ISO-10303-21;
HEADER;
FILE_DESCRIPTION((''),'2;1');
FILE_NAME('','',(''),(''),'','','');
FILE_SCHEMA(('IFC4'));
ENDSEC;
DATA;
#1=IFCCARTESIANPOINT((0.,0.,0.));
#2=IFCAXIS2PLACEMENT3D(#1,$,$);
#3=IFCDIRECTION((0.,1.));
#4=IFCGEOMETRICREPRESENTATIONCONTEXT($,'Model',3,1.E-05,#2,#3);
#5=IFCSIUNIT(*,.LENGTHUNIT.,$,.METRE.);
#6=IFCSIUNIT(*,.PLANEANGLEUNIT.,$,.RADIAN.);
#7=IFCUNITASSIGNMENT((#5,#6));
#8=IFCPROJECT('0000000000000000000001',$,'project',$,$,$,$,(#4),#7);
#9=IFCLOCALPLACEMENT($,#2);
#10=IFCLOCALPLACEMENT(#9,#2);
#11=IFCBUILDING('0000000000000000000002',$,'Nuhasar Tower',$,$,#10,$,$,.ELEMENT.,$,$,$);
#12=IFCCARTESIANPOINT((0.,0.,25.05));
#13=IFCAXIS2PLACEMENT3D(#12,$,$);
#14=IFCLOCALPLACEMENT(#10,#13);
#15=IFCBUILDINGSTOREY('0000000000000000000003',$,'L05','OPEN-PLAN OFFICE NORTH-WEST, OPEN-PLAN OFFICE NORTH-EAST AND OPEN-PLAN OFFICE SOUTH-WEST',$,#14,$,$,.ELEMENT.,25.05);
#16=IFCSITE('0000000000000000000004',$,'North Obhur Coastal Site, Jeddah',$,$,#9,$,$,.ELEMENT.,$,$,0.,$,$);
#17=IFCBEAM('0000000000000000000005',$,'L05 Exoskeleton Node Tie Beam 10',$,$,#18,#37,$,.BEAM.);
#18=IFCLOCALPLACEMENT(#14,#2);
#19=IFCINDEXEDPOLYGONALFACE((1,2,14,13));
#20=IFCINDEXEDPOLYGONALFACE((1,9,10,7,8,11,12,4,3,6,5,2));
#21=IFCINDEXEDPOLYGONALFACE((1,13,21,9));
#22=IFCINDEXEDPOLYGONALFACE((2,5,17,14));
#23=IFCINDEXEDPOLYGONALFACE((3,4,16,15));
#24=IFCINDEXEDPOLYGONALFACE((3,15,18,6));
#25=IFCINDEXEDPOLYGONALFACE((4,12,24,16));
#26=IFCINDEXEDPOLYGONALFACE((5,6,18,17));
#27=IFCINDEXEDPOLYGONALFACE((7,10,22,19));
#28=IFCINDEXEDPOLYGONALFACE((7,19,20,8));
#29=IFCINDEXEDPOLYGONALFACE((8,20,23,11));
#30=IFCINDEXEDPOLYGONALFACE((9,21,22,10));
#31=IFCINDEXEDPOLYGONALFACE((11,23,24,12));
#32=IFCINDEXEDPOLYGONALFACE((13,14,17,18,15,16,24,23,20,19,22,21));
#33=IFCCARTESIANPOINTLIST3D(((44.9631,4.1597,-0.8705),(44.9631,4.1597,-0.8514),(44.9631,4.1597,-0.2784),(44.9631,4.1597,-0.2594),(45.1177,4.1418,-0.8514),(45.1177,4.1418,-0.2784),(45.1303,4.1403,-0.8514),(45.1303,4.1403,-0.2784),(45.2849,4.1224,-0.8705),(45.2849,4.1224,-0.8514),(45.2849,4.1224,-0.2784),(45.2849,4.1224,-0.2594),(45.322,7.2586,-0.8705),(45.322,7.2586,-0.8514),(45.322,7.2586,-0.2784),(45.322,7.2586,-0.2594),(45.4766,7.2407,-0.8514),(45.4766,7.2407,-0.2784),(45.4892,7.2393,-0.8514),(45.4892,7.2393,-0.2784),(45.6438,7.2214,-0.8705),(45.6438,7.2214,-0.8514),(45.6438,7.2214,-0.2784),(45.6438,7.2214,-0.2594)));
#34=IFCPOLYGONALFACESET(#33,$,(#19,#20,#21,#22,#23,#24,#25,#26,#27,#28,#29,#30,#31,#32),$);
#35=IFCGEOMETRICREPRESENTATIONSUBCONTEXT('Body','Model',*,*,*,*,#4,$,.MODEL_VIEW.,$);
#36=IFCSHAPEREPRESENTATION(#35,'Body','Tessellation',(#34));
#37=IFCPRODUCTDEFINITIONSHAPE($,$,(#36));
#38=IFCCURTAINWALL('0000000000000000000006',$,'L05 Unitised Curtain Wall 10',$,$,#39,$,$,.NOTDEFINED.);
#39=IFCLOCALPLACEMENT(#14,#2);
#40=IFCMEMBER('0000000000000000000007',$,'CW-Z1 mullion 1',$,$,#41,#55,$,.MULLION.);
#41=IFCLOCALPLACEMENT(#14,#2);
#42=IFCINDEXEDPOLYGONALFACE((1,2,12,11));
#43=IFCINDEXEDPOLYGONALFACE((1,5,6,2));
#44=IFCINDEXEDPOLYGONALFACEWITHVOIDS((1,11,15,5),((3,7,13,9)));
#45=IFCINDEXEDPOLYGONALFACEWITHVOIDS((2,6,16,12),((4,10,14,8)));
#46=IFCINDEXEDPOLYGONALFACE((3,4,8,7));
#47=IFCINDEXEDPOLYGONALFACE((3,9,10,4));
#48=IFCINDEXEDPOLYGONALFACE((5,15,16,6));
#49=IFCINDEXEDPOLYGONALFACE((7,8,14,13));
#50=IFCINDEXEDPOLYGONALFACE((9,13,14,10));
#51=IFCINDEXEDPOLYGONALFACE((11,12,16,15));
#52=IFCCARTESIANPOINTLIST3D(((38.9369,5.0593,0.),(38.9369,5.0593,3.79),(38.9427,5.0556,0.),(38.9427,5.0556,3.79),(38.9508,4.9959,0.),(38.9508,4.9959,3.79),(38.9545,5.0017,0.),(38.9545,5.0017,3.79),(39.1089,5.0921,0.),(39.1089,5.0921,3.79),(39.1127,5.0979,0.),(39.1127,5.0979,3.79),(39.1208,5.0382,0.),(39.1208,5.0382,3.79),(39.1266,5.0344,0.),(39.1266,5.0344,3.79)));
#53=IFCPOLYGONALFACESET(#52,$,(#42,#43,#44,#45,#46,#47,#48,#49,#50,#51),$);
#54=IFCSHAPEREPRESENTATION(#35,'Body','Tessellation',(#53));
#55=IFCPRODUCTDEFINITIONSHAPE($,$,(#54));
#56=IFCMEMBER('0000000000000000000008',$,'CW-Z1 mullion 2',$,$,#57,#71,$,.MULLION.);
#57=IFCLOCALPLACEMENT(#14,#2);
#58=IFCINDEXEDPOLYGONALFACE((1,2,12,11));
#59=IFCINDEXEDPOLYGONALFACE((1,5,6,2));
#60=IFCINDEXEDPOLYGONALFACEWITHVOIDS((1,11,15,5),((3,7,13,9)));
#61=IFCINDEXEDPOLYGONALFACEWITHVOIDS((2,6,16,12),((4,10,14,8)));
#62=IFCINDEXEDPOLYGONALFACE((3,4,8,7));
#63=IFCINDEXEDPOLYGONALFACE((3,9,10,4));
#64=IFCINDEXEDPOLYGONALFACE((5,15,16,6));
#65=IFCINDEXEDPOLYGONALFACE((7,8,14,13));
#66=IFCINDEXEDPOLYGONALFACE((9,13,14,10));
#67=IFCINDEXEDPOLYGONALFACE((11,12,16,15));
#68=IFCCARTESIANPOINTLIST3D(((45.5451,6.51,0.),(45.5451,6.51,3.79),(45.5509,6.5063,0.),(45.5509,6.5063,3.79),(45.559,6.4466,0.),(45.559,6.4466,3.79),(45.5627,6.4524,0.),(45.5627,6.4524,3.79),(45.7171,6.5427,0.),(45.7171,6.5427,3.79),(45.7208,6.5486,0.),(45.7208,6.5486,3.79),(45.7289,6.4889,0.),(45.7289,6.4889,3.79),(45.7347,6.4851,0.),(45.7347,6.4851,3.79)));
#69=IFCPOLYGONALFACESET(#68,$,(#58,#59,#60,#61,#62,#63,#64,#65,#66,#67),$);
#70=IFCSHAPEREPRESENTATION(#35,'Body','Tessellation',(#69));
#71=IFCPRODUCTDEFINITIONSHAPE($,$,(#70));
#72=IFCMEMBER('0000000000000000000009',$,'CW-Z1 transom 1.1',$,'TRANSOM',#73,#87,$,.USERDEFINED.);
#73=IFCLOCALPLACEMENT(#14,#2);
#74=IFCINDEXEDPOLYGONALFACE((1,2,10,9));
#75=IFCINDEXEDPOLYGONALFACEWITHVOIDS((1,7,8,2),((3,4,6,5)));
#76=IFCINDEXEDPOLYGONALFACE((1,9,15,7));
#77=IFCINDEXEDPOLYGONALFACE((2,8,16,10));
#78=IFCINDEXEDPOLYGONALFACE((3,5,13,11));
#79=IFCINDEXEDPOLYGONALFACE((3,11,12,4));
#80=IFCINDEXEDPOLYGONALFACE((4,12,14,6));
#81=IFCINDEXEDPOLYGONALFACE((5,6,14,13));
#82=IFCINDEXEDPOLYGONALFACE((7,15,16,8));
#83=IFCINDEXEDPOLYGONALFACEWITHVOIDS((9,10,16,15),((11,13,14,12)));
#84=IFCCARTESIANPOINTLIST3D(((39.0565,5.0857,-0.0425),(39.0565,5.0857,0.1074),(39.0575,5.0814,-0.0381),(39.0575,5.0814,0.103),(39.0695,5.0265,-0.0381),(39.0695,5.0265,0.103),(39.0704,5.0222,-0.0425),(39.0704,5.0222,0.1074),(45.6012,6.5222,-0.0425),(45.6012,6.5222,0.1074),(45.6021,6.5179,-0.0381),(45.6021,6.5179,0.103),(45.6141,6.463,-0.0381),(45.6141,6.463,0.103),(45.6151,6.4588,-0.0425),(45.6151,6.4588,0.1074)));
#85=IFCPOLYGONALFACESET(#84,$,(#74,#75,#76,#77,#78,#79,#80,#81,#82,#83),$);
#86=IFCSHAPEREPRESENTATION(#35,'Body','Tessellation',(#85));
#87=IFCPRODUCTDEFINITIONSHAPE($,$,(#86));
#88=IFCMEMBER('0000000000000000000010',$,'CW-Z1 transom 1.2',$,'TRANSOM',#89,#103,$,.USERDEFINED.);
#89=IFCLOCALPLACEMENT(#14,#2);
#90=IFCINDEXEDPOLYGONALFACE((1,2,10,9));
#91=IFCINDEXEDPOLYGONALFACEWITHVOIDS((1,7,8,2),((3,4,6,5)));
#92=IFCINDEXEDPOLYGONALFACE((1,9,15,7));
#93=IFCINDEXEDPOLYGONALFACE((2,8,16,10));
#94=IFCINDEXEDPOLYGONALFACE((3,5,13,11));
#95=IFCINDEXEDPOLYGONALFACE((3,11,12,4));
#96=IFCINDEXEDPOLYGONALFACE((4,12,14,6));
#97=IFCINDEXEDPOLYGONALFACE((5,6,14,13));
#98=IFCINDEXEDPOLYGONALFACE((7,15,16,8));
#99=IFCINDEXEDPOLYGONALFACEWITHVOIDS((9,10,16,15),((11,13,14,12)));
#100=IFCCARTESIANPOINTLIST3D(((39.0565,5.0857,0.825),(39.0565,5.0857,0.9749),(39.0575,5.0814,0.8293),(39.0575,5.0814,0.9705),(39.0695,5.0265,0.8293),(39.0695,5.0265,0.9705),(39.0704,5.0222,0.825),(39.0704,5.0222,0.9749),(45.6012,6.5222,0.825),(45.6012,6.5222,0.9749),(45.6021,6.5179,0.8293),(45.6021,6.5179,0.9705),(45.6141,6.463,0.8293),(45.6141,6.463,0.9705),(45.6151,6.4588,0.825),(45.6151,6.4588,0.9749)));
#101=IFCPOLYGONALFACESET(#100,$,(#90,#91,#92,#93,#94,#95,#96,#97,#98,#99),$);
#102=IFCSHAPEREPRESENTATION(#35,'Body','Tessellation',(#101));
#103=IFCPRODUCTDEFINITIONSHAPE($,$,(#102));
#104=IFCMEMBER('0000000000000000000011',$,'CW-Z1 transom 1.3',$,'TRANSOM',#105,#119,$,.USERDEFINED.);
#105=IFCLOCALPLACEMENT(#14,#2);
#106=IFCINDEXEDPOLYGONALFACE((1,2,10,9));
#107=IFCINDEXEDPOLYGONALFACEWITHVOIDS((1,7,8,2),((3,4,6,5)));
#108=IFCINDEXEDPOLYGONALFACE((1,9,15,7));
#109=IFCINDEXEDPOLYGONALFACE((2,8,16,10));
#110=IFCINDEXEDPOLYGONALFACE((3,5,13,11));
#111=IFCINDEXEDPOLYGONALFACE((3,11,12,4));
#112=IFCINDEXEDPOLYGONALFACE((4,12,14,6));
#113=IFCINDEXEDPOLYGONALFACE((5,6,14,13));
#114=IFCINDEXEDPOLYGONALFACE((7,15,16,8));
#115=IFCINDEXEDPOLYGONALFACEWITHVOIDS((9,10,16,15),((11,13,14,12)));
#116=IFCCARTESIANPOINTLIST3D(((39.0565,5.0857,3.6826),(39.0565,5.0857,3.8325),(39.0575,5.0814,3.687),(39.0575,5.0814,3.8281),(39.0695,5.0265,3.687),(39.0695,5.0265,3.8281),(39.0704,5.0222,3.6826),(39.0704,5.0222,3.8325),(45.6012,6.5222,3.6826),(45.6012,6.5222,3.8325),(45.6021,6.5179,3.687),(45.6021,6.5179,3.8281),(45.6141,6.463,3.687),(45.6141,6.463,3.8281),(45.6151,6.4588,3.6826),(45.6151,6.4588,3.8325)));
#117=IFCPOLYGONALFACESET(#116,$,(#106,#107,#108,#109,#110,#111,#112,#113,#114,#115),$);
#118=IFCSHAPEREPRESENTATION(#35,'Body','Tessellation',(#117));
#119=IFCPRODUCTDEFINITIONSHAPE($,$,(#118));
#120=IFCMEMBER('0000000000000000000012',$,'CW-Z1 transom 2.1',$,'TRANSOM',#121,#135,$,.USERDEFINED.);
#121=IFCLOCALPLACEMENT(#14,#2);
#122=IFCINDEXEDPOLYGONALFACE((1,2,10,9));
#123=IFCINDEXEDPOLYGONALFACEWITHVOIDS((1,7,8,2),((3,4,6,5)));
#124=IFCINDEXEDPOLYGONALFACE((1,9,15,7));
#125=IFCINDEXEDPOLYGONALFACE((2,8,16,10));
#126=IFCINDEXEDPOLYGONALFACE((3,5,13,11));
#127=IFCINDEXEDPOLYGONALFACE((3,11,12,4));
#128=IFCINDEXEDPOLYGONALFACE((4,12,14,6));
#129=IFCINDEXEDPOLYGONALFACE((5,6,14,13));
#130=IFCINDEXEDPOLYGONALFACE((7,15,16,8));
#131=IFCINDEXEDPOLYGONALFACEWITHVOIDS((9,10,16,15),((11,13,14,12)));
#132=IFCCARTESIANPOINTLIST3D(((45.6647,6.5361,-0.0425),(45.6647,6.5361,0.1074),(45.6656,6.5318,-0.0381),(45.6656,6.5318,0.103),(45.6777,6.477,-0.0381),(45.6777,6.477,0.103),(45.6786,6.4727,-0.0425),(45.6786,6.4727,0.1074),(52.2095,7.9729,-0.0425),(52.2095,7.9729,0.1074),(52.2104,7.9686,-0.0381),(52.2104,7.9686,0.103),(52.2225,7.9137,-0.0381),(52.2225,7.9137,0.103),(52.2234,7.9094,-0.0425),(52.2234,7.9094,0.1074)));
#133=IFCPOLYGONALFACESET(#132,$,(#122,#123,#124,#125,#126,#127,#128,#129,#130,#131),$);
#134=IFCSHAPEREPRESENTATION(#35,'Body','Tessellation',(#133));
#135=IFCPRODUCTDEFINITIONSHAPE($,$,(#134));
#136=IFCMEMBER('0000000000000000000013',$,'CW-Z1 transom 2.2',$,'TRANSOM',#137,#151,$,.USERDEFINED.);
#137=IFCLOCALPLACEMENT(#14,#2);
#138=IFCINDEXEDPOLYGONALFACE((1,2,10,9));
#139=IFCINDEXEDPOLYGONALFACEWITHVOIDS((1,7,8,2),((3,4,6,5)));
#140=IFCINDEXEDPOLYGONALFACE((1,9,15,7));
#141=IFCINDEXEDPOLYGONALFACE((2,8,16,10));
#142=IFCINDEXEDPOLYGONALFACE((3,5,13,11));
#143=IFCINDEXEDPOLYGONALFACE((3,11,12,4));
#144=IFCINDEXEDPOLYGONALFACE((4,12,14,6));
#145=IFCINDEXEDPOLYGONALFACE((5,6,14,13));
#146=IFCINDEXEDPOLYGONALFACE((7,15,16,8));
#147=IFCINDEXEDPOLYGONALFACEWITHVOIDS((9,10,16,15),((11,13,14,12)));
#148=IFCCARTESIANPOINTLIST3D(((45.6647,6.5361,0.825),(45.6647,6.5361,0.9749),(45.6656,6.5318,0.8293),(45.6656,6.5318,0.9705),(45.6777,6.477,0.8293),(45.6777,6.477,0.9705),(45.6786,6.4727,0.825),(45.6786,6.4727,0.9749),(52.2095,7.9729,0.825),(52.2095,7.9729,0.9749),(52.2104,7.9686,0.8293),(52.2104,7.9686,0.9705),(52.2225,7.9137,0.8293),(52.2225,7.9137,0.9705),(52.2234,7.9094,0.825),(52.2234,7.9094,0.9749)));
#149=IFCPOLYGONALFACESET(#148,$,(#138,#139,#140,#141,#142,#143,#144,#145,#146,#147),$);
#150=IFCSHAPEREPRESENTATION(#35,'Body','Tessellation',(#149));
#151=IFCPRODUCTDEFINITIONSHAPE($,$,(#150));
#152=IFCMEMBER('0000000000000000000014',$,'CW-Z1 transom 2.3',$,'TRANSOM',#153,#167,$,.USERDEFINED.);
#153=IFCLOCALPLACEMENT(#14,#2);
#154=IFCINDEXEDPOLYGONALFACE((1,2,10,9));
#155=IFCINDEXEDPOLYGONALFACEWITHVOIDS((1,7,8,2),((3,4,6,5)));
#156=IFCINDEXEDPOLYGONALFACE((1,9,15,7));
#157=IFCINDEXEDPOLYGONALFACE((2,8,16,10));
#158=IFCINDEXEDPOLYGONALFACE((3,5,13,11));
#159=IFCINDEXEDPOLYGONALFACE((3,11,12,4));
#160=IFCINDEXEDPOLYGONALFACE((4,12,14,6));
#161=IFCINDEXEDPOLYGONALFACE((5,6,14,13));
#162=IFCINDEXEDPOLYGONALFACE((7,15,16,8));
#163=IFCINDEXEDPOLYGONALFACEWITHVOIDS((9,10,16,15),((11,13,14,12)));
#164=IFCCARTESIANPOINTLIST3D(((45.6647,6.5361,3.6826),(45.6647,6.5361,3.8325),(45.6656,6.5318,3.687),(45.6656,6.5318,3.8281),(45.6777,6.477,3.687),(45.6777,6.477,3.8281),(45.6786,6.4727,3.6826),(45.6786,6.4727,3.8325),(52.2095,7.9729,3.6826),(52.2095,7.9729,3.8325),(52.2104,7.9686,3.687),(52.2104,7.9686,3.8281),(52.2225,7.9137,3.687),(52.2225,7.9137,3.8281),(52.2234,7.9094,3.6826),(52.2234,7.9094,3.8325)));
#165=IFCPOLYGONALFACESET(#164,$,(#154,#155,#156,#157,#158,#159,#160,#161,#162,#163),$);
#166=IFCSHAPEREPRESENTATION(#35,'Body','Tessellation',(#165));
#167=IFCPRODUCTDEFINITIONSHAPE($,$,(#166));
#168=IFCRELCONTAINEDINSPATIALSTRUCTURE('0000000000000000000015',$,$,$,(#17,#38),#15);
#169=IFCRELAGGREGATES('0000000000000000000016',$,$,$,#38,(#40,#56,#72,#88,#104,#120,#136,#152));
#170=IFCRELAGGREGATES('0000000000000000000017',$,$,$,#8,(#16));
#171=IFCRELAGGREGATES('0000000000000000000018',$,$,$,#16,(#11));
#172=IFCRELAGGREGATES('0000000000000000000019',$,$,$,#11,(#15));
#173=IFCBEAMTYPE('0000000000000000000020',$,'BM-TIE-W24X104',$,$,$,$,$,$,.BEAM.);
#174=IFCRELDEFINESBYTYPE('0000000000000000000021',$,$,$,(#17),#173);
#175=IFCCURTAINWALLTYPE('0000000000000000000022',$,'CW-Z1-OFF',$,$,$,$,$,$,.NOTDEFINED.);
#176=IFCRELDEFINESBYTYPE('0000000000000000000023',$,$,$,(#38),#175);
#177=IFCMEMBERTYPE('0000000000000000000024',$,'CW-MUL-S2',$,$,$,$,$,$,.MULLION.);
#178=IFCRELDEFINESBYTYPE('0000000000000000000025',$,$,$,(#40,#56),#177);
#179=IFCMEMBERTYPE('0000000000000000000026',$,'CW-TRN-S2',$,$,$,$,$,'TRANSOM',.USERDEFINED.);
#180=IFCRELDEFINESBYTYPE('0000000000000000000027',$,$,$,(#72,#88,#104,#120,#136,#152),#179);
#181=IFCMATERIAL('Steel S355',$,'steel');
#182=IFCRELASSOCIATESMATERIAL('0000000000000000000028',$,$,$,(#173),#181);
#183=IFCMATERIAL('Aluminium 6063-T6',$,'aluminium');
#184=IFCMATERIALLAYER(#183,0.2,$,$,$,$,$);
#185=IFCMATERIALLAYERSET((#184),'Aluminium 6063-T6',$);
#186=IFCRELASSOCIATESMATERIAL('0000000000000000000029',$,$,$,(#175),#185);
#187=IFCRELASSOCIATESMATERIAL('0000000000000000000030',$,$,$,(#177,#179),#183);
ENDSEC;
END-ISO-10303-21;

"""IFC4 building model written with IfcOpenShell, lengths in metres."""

from ifc_helpers import new_model, si_unit, direction, frame, origin, origin_2d, place, context, subcontext, project, spatial, hollow_rectangle, i_section, extrude, material, layer, layer_set, material_profile, profile_set, type_object, element, aggregate, save


model = new_model("IFC4")

# Units and contexts
model_context = context("Model", 3, precision=1e-05, world=origin(), true_north=direction((0.0, 1.0)))
body_context = subcontext(model_context, "Body", "Model", "MODEL_VIEW")
ifc_project = project(units=[si_unit("LENGTHUNIT", "METRE"), si_unit("PLANEANGLEUNIT", "RADIAN")], contexts=[model_context])

# Site, building, storey
site_placement = place(None, origin())
site = spatial("IfcSite", under=ifc_project, at=site_placement, Name="North Obhur Coastal Site, Jeddah", CompositionType="ELEMENT", RefElevation=0.0)
building_placement = place(site_placement, origin())
building = spatial("IfcBuilding", under=site, at=building_placement, Name="Nuhasar Tower", CompositionType="ELEMENT")
storey_placement = place(building_placement, frame((0.0, 0.0, 25.05)))
storey = spatial("IfcBuildingStorey", under=building, at=storey_placement, Name="L05", Description="OPEN-PLAN OFFICE NORTH-WEST, OPEN-PLAN OFFICE NORTH-EAST AND OPEN-PLAN OFFICE SOUTH-WEST", CompositionType="ELEMENT", Elevation=25.05)

# Beam
ifc_material_1 = material(Name="Steel S355", Category="steel")
ifc_material_profile_1 = material_profile(ifc_material_1, i_section(OverallWidth=0.324, OverallDepth=0.6111, WebThickness=0.0127, FlangeThickness=0.019, at=origin_2d()), Name="W24X104")
ifc_profile_set_1 = profile_set([ifc_material_profile_1], Name="Steel S355")
beam_type_1 = type_object("IfcBeamType", Name="BM-TIE-W24X104", PredefinedType="BEAM", material=ifc_profile_set_1)
beam_1_placement = place(storey_placement, frame((45.4829, 7.24, -0.5649), z_axis=(-0.115043, -0.993361, 0.0), x_axis=(0.993361, -0.115043, 0.0)))
element("IfcBeam", 1, at=beam_1_placement, inside=storey, type_object=beam_type_1, Name="L05 Exoskeleton Node Tie Beam 10", PredefinedType="BEAM", context=body_context, shape_type="SweptSolid", body=[
    extrude(i_section(OverallWidth=0.324, OverallDepth=0.6111, WebThickness=0.0127, FlangeThickness=0.019, at=origin_2d()), origin(), (0.0, 0.0, 1.0), 3.1196),
])

# Curtain wall, members
ifc_material_2 = material(Name="Aluminium 6063-T6", Category="aluminium")
ifc_layer_1 = layer(ifc_material_2, 0.2)
ifc_layer_set_1 = layer_set([ifc_layer_1], Name="Aluminium 6063-T6")
curtain_wall_type = type_object("IfcCurtainWallType", Name="CW-Z1-OFF", PredefinedType="NOTDEFINED", material=ifc_layer_set_1)
curtain_wall_placement = place(storey_placement, origin())
curtain_wall = element("IfcCurtainWall", 2, at=curtain_wall_placement, inside=storey, type_object=curtain_wall_type, Name="L05 Unitised Curtain Wall 10", PredefinedType="NOTDEFINED")
ifc_material_profile_2 = material_profile(ifc_material_2, hollow_rectangle(XDim=0.0649, YDim=0.1799, WallThickness=0.0049, at=origin_2d()), Name="CWM-2")
ifc_profile_set_2 = profile_set([ifc_material_profile_2], Name="Aluminium 6063-T6")
member_type_1 = type_object("IfcMemberType", Name="CW-MUL-S2", PredefinedType="MULLION", material=ifc_profile_set_2)
member_1_placement = place(storey_placement, frame((39.0317, 5.0469, 0.0), z_axis=(0.0, 0.0, 1.0), x_axis=(-0.214399, 0.976746, 0.0)))
member_1 = element("IfcMember", 3, at=member_1_placement, type_object=member_type_1, Name="CW-Z1 mullion 1", PredefinedType="MULLION", context=body_context, shape_type="SweptSolid", body=[
    extrude(hollow_rectangle(XDim=0.0649, YDim=0.1799, WallThickness=0.0049, at=origin_2d()), origin(), (0.0, 0.0, 1.0), 3.79),
])
member_2_placement = place(storey_placement, frame((45.6399, 6.4976, 0.0), z_axis=(0.0, 0.0, 1.0), x_axis=(-0.214399, 0.976746, 0.0)))
member_2 = element("IfcMember", 4, at=member_2_placement, type_object=member_type_1, Name="CW-Z1 mullion 2", PredefinedType="MULLION", context=body_context, shape_type="SweptSolid", body=[
    extrude(hollow_rectangle(XDim=0.0649, YDim=0.1799, WallThickness=0.0049, at=origin_2d()), origin(), (0.0, 0.0, 1.0), 3.79),
])
ifc_material_profile_3 = material_profile(ifc_material_2, hollow_rectangle(XDim=0.0649, YDim=0.1499, WallThickness=0.0044, at=origin_2d()), Name="CWT-2")
ifc_profile_set_3 = profile_set([ifc_material_profile_3], Name="Aluminium 6063-T6")
member_type_2 = type_object("IfcMemberType", Name="CW-TRN-S2", ElementType="TRANSOM", PredefinedType="USERDEFINED", material=ifc_profile_set_3)
member_3_placement = place(storey_placement, frame((39.0635, 5.054, 0.0325), z_axis=(0.976748, 0.214391, 0.0), x_axis=(-0.214391, 0.976748, 0.0)))
member_3 = element("IfcMember", 5, at=member_3_placement, type_object=member_type_2, Name="CW-Z1 transom 1.1", ObjectType="TRANSOM", PredefinedType="USERDEFINED", context=body_context, shape_type="SweptSolid", body=[
    extrude(hollow_rectangle(XDim=0.0649, YDim=0.1499, WallThickness=0.0044, at=origin_2d()), origin(), (0.0, 0.0, 1.0), 6.7004),
])
member_4_placement = place(storey_placement, frame((39.0635, 5.054, 0.8999), z_axis=(0.976748, 0.214391, 0.0), x_axis=(-0.214391, 0.976748, 0.0)))
member_4 = element("IfcMember", 6, at=member_4_placement, type_object=member_type_2, Name="CW-Z1 transom 1.2", ObjectType="TRANSOM", PredefinedType="USERDEFINED", context=body_context, shape_type="SweptSolid", body=[
    extrude(hollow_rectangle(XDim=0.0649, YDim=0.1499, WallThickness=0.0044, at=origin_2d()), origin(), (0.0, 0.0, 1.0), 6.7004),
])
member_5_placement = place(storey_placement, frame((39.0635, 5.054, 3.7576), z_axis=(0.976748, 0.214391, 0.0), x_axis=(-0.214391, 0.976748, 0.0)))
member_5 = element("IfcMember", 7, at=member_5_placement, type_object=member_type_2, Name="CW-Z1 transom 1.3", ObjectType="TRANSOM", PredefinedType="USERDEFINED", context=body_context, shape_type="SweptSolid", body=[
    extrude(hollow_rectangle(XDim=0.0649, YDim=0.1499, WallThickness=0.0044, at=origin_2d()), origin(), (0.0, 0.0, 1.0), 6.7004),
])
member_6_placement = place(storey_placement, frame((45.6716, 6.5044, 0.0325), z_axis=(0.976742, 0.214418, 0.0), x_axis=(-0.214418, 0.976742, 0.0)))
member_6 = element("IfcMember", 8, at=member_6_placement, type_object=member_type_2, Name="CW-Z1 transom 2.1", ObjectType="TRANSOM", PredefinedType="USERDEFINED", context=body_context, shape_type="SweptSolid", body=[
    extrude(hollow_rectangle(XDim=0.0649, YDim=0.1499, WallThickness=0.0044, at=origin_2d()), origin(), (0.0, 0.0, 1.0), 6.7007),
])
member_7_placement = place(storey_placement, frame((45.6716, 6.5044, 0.8999), z_axis=(0.976742, 0.214418, 0.0), x_axis=(-0.214418, 0.976742, 0.0)))
member_7 = element("IfcMember", 9, at=member_7_placement, type_object=member_type_2, Name="CW-Z1 transom 2.2", ObjectType="TRANSOM", PredefinedType="USERDEFINED", context=body_context, shape_type="SweptSolid", body=[
    extrude(hollow_rectangle(XDim=0.0649, YDim=0.1499, WallThickness=0.0044, at=origin_2d()), origin(), (0.0, 0.0, 1.0), 6.7007),
])
member_8_placement = place(storey_placement, frame((45.6716, 6.5044, 3.7576), z_axis=(0.976742, 0.214418, 0.0), x_axis=(-0.214418, 0.976742, 0.0)))
member_8 = element("IfcMember", 10, at=member_8_placement, type_object=member_type_2, Name="CW-Z1 transom 2.3", ObjectType="TRANSOM", PredefinedType="USERDEFINED", context=body_context, shape_type="SweptSolid", body=[
    extrude(hollow_rectangle(XDim=0.0649, YDim=0.1499, WallThickness=0.0044, at=origin_2d()), origin(), (0.0, 0.0, 1.0), 6.7007),
])

aggregate(curtain_wall, [member_1, member_2, member_3, member_4, member_5, member_6, member_7, member_8])

save(model, "model.ifc")
